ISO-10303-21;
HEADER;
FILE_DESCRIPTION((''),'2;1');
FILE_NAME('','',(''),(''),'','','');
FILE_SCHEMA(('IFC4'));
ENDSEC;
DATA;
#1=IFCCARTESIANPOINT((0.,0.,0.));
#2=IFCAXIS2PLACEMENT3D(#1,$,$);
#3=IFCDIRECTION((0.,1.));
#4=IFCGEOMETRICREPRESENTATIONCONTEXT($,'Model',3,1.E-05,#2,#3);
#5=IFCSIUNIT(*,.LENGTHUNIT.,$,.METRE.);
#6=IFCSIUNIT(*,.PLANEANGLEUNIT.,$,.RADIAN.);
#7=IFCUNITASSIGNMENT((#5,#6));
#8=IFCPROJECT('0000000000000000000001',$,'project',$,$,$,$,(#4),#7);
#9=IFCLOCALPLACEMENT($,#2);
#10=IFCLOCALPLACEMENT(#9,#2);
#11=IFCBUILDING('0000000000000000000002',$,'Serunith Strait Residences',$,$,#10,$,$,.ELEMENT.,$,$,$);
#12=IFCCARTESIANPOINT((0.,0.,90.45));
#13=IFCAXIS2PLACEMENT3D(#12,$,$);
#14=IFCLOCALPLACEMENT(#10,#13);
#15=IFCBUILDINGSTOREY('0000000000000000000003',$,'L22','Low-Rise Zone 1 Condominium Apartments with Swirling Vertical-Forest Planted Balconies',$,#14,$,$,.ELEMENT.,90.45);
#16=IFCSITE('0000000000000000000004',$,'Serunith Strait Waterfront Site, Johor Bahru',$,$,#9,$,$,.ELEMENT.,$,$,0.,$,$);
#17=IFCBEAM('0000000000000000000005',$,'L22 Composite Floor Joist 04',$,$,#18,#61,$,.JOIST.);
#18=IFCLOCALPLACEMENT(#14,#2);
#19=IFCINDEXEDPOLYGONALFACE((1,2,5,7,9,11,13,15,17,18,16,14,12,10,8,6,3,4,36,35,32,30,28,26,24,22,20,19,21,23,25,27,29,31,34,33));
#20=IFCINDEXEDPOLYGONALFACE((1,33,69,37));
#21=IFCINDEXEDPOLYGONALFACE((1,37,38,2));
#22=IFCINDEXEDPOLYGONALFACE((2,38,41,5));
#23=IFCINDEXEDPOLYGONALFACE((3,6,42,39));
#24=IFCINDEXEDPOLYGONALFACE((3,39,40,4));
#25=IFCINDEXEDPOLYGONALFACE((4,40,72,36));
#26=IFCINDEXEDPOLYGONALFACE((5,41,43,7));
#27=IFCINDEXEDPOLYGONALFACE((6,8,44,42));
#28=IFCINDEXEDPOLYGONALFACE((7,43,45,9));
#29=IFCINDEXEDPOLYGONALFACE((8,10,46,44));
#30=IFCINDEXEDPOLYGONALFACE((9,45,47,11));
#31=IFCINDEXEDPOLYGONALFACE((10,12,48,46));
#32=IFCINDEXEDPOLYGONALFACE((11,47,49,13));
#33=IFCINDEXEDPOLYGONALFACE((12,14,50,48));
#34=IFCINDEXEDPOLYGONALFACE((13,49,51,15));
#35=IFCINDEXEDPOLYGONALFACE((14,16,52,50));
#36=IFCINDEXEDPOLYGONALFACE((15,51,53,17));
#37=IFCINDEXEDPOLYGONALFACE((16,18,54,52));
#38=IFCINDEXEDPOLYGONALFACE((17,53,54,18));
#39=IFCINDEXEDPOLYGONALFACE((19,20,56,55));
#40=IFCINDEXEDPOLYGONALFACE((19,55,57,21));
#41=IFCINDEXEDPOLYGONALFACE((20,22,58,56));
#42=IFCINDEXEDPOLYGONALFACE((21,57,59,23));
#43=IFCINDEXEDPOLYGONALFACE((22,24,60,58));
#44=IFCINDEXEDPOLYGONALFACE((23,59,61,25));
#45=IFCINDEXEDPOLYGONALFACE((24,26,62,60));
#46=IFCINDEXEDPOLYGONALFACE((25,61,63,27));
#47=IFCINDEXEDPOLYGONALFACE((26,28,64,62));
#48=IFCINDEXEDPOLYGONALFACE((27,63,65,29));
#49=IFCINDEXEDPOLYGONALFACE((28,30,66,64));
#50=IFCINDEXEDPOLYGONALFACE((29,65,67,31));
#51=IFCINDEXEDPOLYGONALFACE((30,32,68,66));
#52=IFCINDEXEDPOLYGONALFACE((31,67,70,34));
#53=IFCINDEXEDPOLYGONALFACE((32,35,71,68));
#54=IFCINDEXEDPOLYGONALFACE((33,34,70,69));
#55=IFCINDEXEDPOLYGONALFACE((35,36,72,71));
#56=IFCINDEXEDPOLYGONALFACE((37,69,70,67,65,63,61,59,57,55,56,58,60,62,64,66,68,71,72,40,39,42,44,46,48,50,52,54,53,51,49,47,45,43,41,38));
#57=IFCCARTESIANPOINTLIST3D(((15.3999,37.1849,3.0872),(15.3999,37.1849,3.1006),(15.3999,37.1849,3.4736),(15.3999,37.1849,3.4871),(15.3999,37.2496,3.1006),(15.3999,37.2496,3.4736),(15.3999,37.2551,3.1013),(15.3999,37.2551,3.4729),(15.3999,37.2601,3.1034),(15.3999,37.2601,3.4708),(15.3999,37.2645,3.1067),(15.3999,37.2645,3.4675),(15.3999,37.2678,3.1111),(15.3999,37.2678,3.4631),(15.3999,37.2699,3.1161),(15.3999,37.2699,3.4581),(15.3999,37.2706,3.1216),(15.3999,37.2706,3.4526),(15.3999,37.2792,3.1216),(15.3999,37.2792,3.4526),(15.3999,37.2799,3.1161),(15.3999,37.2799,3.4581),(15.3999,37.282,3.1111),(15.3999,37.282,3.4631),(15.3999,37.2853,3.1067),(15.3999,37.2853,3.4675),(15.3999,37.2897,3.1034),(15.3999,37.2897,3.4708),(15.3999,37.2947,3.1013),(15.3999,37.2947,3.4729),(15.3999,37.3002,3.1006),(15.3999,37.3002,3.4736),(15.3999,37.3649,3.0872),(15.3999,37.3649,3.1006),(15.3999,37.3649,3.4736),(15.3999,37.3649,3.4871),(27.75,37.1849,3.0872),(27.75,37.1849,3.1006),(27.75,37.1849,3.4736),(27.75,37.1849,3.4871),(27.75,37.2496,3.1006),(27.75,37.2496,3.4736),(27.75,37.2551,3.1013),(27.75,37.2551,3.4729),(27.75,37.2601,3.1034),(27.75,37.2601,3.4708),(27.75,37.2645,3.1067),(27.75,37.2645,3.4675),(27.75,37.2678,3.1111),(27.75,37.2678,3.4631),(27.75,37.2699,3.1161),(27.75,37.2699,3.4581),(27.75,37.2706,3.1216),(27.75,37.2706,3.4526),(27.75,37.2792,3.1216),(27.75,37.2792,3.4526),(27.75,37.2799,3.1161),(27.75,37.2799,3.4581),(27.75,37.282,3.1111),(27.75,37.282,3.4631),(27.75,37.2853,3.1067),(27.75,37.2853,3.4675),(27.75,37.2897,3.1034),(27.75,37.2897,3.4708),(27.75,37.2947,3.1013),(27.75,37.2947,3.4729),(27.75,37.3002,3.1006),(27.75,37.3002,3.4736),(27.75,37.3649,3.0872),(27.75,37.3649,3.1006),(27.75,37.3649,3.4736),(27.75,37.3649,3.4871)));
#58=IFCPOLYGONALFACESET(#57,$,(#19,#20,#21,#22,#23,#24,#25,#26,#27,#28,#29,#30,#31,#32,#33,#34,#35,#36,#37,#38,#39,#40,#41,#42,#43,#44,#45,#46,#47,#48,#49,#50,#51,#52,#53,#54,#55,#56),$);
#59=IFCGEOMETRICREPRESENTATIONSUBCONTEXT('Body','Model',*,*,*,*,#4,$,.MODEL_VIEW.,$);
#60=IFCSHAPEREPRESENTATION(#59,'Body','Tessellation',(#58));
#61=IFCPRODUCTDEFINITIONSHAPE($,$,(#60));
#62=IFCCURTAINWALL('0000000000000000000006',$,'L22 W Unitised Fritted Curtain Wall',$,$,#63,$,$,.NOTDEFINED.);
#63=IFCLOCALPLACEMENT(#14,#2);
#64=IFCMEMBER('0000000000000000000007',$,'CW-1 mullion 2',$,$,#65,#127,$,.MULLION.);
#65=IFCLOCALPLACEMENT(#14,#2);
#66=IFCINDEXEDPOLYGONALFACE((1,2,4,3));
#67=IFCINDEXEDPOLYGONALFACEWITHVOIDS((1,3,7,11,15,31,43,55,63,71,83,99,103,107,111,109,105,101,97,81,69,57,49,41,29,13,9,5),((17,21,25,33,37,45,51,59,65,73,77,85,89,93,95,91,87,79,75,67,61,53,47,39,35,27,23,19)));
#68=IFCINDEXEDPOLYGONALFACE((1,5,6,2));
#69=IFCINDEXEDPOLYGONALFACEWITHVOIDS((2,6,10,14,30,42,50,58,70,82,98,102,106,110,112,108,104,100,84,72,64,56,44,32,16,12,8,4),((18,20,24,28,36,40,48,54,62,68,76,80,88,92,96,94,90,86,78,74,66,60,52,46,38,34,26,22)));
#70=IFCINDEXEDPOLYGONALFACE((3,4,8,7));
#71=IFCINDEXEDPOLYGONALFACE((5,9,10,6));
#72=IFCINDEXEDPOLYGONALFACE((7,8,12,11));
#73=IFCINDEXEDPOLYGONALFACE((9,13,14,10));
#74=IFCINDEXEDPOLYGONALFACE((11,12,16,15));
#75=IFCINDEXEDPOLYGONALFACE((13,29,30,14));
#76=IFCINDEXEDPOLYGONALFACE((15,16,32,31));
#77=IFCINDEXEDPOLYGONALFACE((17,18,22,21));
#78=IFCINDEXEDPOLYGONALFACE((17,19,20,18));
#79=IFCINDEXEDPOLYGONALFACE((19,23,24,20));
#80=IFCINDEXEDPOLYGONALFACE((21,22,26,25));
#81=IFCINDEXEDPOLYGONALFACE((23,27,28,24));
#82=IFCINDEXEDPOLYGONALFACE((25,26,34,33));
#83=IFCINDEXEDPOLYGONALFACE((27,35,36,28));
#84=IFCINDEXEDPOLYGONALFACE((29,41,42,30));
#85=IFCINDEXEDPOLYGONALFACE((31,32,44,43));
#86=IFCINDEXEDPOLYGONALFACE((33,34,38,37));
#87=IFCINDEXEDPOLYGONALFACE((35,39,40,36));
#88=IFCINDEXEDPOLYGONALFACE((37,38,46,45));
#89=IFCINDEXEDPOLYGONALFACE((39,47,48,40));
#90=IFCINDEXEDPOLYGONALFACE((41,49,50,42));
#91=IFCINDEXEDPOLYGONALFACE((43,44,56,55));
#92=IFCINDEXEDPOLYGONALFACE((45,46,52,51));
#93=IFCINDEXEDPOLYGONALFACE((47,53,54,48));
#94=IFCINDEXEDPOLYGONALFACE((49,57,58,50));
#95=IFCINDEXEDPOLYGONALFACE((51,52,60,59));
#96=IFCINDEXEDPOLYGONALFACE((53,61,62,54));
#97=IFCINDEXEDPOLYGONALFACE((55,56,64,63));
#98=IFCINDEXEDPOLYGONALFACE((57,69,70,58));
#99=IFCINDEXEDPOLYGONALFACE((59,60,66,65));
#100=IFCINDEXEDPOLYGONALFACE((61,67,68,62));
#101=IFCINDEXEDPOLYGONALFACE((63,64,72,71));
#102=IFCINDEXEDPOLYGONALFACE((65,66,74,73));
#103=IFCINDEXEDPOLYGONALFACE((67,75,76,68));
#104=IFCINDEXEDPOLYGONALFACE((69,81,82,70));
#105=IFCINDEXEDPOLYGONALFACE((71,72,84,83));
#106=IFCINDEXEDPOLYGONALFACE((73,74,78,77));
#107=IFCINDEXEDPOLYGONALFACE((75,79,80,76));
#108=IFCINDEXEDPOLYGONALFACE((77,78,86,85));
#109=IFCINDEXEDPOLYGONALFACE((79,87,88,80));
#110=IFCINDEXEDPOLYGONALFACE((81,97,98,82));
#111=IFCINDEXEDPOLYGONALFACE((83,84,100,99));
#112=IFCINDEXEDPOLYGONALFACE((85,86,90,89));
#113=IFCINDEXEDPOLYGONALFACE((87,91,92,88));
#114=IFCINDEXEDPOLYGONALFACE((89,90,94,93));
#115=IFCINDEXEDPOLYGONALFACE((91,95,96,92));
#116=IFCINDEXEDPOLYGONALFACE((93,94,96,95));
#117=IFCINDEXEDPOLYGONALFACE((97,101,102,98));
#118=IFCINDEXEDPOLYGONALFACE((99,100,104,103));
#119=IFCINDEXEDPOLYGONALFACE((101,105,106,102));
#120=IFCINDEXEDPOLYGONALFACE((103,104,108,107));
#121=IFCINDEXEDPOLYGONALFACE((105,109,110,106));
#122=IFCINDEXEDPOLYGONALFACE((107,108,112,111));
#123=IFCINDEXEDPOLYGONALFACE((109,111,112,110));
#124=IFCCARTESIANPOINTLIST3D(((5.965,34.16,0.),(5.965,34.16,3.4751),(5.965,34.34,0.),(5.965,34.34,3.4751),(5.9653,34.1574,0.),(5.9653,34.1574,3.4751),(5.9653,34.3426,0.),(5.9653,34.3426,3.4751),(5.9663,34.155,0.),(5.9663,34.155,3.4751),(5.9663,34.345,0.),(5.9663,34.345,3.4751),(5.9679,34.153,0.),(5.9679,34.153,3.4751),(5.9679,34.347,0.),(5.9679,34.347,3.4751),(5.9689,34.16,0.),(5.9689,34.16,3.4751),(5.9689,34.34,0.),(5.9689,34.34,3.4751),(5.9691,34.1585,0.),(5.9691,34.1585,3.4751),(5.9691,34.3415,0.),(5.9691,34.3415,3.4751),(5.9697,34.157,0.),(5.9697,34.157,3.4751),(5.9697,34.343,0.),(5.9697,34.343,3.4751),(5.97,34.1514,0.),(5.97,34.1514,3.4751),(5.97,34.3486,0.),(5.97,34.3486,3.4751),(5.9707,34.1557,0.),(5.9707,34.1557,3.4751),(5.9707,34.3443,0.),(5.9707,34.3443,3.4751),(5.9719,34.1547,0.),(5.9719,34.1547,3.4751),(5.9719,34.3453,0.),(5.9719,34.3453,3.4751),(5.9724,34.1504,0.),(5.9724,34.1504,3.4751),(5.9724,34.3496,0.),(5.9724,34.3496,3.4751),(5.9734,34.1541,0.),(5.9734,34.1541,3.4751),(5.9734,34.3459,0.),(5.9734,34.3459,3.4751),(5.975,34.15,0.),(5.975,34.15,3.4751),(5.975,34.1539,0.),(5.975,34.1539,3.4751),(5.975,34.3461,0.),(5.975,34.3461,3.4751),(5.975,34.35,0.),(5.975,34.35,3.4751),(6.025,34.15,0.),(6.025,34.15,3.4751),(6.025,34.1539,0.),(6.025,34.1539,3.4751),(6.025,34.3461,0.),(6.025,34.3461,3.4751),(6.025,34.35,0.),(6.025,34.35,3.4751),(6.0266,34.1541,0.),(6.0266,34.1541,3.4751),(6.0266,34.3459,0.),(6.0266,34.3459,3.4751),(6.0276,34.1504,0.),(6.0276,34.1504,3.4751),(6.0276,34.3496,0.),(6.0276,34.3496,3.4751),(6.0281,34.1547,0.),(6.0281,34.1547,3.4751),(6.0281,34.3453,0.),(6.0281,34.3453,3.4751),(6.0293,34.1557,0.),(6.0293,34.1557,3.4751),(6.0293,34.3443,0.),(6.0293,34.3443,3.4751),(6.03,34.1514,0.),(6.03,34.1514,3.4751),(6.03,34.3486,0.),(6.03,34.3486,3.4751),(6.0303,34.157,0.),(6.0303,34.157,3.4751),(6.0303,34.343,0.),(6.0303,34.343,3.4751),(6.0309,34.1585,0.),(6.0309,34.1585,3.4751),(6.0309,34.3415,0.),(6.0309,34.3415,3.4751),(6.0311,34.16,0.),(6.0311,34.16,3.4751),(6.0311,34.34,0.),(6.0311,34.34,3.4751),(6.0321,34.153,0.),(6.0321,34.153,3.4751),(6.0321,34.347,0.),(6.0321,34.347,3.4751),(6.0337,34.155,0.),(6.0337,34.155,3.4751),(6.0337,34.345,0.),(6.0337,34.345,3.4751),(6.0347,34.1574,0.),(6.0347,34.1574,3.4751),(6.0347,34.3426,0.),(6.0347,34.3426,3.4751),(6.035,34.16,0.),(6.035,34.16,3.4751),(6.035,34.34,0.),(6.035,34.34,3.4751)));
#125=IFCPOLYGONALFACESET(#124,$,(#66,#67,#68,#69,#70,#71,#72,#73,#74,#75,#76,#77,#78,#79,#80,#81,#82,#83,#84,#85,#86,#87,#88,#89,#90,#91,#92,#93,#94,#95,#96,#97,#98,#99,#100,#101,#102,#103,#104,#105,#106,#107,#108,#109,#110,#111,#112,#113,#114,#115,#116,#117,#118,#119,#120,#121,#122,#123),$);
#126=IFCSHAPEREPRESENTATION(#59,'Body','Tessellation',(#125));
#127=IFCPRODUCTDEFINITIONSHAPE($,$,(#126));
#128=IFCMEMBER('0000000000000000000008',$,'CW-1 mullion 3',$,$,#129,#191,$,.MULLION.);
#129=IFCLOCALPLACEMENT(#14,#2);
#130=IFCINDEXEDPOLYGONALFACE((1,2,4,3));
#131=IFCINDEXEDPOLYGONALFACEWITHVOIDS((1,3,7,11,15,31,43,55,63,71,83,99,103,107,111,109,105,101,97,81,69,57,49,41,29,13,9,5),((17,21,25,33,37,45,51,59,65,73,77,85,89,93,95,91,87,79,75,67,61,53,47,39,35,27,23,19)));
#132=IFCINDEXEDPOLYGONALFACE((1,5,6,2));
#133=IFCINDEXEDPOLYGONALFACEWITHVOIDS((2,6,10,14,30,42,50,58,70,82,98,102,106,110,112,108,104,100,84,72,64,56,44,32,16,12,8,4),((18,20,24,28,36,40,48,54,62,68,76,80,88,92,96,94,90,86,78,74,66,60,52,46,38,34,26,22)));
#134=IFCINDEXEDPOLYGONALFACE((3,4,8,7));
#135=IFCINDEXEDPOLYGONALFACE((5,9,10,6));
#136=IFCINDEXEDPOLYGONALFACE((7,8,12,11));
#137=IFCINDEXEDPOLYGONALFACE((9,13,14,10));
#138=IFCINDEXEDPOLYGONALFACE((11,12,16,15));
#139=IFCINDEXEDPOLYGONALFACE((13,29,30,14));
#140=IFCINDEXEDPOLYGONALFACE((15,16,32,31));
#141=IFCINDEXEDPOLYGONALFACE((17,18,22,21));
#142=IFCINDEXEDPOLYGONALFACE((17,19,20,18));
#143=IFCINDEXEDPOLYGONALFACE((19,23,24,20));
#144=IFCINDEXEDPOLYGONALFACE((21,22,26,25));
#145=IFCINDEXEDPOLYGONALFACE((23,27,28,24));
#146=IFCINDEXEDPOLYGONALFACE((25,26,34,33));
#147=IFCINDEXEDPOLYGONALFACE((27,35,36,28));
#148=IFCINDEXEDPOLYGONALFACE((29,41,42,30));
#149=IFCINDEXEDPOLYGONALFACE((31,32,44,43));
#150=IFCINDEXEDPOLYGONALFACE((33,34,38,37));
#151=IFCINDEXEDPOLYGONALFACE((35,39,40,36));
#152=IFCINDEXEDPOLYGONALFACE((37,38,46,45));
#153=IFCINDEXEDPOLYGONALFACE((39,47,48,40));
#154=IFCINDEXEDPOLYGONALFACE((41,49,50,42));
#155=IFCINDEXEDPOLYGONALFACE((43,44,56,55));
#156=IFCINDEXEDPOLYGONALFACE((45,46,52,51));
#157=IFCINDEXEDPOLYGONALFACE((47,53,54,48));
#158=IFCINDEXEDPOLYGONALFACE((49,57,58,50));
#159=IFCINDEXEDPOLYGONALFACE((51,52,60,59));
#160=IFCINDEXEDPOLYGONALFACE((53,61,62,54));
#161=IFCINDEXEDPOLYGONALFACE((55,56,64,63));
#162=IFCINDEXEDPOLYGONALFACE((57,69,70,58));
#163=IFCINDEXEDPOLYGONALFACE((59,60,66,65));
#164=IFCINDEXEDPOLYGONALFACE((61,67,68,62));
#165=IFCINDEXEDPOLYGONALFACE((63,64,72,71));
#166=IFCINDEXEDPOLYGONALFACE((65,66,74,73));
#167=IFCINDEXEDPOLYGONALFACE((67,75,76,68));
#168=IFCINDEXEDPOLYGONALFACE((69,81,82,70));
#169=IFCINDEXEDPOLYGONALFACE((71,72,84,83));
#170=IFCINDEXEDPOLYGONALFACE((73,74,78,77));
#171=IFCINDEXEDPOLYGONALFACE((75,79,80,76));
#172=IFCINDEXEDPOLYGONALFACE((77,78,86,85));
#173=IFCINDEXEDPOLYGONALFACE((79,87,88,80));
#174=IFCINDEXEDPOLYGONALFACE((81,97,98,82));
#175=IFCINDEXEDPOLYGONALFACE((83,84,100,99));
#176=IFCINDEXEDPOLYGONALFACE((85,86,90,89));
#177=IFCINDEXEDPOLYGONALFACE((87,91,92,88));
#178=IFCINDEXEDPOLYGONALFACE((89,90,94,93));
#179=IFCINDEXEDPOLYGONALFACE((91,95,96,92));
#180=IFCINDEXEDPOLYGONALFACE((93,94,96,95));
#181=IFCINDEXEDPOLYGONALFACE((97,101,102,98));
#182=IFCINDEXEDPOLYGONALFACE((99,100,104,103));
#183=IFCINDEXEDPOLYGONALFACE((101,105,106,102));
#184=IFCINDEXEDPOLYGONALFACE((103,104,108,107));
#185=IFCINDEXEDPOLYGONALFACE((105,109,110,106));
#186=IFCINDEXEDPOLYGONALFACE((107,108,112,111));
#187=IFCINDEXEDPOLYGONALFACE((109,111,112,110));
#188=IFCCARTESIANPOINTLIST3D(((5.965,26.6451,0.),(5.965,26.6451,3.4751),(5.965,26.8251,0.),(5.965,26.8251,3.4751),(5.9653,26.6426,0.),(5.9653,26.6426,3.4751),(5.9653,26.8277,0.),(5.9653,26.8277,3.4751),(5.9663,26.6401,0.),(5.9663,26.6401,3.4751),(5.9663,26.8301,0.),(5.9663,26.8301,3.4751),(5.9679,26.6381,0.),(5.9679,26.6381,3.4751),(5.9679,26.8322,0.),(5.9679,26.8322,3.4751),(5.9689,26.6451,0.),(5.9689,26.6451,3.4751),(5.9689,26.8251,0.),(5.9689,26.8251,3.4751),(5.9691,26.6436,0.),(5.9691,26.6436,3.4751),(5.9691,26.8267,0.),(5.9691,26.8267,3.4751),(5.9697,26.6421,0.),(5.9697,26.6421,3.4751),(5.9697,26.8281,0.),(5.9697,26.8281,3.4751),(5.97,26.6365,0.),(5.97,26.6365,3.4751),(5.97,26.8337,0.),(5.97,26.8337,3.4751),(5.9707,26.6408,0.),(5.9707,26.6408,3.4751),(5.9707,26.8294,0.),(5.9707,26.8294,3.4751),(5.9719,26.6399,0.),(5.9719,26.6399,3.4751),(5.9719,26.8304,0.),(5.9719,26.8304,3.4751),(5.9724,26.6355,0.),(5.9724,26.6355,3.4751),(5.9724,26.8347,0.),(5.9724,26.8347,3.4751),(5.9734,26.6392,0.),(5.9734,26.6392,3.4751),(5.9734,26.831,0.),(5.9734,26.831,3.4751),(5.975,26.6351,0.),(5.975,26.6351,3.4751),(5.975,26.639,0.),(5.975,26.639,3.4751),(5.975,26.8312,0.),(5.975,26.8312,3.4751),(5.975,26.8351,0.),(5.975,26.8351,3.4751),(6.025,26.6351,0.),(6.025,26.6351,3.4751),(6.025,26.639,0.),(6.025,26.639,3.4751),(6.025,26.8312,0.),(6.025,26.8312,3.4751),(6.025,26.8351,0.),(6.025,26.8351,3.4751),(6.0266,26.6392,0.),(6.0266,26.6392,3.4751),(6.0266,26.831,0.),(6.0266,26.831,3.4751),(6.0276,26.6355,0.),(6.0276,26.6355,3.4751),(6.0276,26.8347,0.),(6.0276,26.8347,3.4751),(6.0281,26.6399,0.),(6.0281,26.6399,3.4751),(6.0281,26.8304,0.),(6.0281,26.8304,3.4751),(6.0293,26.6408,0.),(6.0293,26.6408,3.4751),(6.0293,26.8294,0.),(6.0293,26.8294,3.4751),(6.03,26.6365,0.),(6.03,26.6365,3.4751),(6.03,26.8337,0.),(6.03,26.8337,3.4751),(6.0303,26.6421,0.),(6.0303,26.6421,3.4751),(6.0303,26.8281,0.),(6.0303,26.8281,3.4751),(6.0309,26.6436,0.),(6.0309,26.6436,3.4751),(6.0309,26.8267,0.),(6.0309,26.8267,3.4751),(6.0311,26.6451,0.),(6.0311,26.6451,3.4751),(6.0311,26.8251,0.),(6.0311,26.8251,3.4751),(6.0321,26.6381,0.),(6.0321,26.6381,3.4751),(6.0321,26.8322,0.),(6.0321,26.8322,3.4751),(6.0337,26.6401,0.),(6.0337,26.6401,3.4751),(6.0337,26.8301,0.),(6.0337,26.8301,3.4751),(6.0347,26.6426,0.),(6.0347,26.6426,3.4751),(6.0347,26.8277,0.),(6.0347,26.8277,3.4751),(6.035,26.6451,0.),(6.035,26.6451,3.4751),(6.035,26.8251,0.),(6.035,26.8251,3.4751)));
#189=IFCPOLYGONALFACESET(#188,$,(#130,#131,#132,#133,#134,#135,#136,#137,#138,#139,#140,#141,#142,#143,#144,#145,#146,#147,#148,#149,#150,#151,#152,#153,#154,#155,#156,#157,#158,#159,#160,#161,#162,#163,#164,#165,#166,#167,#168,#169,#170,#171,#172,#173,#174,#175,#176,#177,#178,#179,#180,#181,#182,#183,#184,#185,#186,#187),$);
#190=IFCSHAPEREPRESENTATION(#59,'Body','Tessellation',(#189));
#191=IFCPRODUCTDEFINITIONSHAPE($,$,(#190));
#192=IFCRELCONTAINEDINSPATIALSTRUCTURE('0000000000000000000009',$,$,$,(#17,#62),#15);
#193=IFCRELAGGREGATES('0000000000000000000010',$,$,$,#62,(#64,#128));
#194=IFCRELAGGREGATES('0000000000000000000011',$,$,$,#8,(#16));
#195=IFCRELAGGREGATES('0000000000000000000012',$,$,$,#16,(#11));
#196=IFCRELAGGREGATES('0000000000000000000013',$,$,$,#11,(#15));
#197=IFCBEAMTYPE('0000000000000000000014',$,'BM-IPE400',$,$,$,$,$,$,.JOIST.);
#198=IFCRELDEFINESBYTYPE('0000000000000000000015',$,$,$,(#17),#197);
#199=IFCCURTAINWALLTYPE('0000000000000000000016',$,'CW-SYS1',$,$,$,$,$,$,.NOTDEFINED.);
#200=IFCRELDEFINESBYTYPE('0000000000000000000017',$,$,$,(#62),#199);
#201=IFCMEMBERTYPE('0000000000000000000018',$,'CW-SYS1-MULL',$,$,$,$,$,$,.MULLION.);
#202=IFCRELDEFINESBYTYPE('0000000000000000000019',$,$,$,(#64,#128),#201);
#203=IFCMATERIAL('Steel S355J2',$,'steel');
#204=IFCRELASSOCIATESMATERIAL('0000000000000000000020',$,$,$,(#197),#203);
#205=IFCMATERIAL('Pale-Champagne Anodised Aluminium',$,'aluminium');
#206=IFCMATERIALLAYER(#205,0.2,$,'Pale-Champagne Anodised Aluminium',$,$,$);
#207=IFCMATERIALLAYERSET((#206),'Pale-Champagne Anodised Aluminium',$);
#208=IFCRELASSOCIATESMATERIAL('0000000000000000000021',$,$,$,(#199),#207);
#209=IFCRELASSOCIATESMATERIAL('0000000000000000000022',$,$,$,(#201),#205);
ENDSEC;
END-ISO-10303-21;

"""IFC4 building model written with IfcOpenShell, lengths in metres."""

from ifc_helpers import new_model, si_unit, direction, frame, origin, origin_2d, place, context, subcontext, project, spatial, hollow_rectangle, i_section, extrude, source, transform, mapped, material, layer, layer_set, material_profile, profile_set, type_object, element, aggregate, save


model = new_model("IFC4")

# Units and contexts
model_context = context("Model", 3, precision=1e-05, world=origin(), true_north=direction((0.0, 1.0)))
body_context = subcontext(model_context, "Body", "Model", "MODEL_VIEW")
ifc_project = project(units=[si_unit("LENGTHUNIT", "METRE"), si_unit("PLANEANGLEUNIT", "RADIAN")], contexts=[model_context])

# Site, building, storey
site_placement = place(None, origin())
site = spatial("IfcSite", under=ifc_project, at=site_placement, Name="Serunith Strait Waterfront Site, Johor Bahru", CompositionType="ELEMENT", RefElevation=0.0)
building_placement = place(site_placement, origin())
building = spatial("IfcBuilding", under=site, at=building_placement, Name="Serunith Strait Residences", CompositionType="ELEMENT")
storey_placement = place(building_placement, frame((0.0, 0.0, 90.45)))
storey = spatial("IfcBuildingStorey", under=building, at=storey_placement, Name="L22", Description="Low-Rise Zone 1 Condominium Apartments with Swirling Vertical-Forest Planted Balconies", CompositionType="ELEMENT", Elevation=90.45)

# Beam
ifc_material_1 = material(Name="Steel S355J2", Category="steel")
ifc_material_profile_1 = material_profile(ifc_material_1, i_section(OverallWidth=0.1799, OverallDepth=0.3999, WebThickness=0.0085, FlangeThickness=0.0134, FilletRadius=0.021, at=origin_2d()), Name="IPE 400")
ifc_profile_set_1 = profile_set([ifc_material_profile_1], Name="Steel S355J2")
beam_type_1 = type_object("IfcBeamType", Name="BM-IPE400", PredefinedType="JOIST", material=ifc_profile_set_1)
shared_shape_1 = source(origin(), body_context, "Body", "SweptSolid", [
    extrude(i_section(OverallWidth=0.1799, OverallDepth=0.3999, WebThickness=0.0085, FlangeThickness=0.0134, FilletRadius=0.021, at=origin_2d()), origin(), (0.0, 0.0, 1.0), 12.3501),
])
beam_1_placement = place(storey_placement, frame((15.3999, 37.2749, 3.2871), z_axis=(1.0, 0.0, 0.0), x_axis=(0.0, 1.0, 0.0)))
element("IfcBeam", 1, at=beam_1_placement, inside=storey, type_object=beam_type_1, Name="L22 Composite Floor Joist 04", PredefinedType="JOIST", context=body_context, shape_type="MappedRepresentation", body=[
    mapped(shared_shape_1, transform((0.0, 0.0, 0.0), scale=1.0)),
])

# Curtain wall, members
ifc_material_2 = material(Name="Pale-Champagne Anodised Aluminium", Category="aluminium")
ifc_layer_1 = layer(ifc_material_2, 0.2, Name="Pale-Champagne Anodised Aluminium")
ifc_layer_set_1 = layer_set([ifc_layer_1], Name="Pale-Champagne Anodised Aluminium")
curtain_wall_type = type_object("IfcCurtainWallType", Name="CW-SYS1", PredefinedType="NOTDEFINED", material=ifc_layer_set_1)
curtain_wall_1_placement = place(storey_placement, origin())
curtain_wall_1 = element("IfcCurtainWall", 2, at=curtain_wall_1_placement, inside=storey, type_object=curtain_wall_type, Name="L22 W Unitised Fritted Curtain Wall", PredefinedType="NOTDEFINED")
ifc_material_profile_2 = material_profile(ifc_material_2, hollow_rectangle(XDim=0.0701, YDim=0.2, WallThickness=0.0039, InnerFilletRadius=0.0061, OuterFilletRadius=0.01, at=origin_2d()), Name="ALU 200x70x4")
ifc_profile_set_2 = profile_set([ifc_material_profile_2], Name="Pale-Champagne Anodised Aluminium")
member_type_1 = type_object("IfcMemberType", Name="CW-SYS1-MULL", PredefinedType="MULLION", material=ifc_profile_set_2)
shared_shape_2 = source(origin(), body_context, "Body", "SweptSolid", [
    extrude(hollow_rectangle(XDim=0.0701, YDim=0.2, WallThickness=0.0039, InnerFilletRadius=0.0061, OuterFilletRadius=0.01, at=origin_2d()), origin(), (0.0, 0.0, 1.0), 3.4751),
])
member_1_placement = place(storey_placement, frame((6.0, 34.25, 0.0), z_axis=(0.0, 0.0, 1.0), x_axis=(1.0, 0.0, 0.0)))
member_1 = element("IfcMember", 3, at=member_1_placement, type_object=member_type_1, Name="CW-1 mullion 2", PredefinedType="MULLION", context=body_context, shape_type="MappedRepresentation", body=[
    mapped(shared_shape_2, transform((0.0, 0.0, 0.0), scale=1.0)),
])
member_2_placement = place(storey_placement, frame((6.0, 26.7351, 0.0), z_axis=(0.0, 0.0, 1.0), x_axis=(1.0, 0.0, 0.0)))
member_2 = element("IfcMember", 4, at=member_2_placement, type_object=member_type_1, Name="CW-1 mullion 3", PredefinedType="MULLION", context=body_context, shape_type="MappedRepresentation", body=[
    mapped(shared_shape_2, transform((0.0, 0.0, 0.0), scale=1.0)),
])

aggregate(curtain_wall_1, [member_1, member_2])

save(model, "model.ifc")
